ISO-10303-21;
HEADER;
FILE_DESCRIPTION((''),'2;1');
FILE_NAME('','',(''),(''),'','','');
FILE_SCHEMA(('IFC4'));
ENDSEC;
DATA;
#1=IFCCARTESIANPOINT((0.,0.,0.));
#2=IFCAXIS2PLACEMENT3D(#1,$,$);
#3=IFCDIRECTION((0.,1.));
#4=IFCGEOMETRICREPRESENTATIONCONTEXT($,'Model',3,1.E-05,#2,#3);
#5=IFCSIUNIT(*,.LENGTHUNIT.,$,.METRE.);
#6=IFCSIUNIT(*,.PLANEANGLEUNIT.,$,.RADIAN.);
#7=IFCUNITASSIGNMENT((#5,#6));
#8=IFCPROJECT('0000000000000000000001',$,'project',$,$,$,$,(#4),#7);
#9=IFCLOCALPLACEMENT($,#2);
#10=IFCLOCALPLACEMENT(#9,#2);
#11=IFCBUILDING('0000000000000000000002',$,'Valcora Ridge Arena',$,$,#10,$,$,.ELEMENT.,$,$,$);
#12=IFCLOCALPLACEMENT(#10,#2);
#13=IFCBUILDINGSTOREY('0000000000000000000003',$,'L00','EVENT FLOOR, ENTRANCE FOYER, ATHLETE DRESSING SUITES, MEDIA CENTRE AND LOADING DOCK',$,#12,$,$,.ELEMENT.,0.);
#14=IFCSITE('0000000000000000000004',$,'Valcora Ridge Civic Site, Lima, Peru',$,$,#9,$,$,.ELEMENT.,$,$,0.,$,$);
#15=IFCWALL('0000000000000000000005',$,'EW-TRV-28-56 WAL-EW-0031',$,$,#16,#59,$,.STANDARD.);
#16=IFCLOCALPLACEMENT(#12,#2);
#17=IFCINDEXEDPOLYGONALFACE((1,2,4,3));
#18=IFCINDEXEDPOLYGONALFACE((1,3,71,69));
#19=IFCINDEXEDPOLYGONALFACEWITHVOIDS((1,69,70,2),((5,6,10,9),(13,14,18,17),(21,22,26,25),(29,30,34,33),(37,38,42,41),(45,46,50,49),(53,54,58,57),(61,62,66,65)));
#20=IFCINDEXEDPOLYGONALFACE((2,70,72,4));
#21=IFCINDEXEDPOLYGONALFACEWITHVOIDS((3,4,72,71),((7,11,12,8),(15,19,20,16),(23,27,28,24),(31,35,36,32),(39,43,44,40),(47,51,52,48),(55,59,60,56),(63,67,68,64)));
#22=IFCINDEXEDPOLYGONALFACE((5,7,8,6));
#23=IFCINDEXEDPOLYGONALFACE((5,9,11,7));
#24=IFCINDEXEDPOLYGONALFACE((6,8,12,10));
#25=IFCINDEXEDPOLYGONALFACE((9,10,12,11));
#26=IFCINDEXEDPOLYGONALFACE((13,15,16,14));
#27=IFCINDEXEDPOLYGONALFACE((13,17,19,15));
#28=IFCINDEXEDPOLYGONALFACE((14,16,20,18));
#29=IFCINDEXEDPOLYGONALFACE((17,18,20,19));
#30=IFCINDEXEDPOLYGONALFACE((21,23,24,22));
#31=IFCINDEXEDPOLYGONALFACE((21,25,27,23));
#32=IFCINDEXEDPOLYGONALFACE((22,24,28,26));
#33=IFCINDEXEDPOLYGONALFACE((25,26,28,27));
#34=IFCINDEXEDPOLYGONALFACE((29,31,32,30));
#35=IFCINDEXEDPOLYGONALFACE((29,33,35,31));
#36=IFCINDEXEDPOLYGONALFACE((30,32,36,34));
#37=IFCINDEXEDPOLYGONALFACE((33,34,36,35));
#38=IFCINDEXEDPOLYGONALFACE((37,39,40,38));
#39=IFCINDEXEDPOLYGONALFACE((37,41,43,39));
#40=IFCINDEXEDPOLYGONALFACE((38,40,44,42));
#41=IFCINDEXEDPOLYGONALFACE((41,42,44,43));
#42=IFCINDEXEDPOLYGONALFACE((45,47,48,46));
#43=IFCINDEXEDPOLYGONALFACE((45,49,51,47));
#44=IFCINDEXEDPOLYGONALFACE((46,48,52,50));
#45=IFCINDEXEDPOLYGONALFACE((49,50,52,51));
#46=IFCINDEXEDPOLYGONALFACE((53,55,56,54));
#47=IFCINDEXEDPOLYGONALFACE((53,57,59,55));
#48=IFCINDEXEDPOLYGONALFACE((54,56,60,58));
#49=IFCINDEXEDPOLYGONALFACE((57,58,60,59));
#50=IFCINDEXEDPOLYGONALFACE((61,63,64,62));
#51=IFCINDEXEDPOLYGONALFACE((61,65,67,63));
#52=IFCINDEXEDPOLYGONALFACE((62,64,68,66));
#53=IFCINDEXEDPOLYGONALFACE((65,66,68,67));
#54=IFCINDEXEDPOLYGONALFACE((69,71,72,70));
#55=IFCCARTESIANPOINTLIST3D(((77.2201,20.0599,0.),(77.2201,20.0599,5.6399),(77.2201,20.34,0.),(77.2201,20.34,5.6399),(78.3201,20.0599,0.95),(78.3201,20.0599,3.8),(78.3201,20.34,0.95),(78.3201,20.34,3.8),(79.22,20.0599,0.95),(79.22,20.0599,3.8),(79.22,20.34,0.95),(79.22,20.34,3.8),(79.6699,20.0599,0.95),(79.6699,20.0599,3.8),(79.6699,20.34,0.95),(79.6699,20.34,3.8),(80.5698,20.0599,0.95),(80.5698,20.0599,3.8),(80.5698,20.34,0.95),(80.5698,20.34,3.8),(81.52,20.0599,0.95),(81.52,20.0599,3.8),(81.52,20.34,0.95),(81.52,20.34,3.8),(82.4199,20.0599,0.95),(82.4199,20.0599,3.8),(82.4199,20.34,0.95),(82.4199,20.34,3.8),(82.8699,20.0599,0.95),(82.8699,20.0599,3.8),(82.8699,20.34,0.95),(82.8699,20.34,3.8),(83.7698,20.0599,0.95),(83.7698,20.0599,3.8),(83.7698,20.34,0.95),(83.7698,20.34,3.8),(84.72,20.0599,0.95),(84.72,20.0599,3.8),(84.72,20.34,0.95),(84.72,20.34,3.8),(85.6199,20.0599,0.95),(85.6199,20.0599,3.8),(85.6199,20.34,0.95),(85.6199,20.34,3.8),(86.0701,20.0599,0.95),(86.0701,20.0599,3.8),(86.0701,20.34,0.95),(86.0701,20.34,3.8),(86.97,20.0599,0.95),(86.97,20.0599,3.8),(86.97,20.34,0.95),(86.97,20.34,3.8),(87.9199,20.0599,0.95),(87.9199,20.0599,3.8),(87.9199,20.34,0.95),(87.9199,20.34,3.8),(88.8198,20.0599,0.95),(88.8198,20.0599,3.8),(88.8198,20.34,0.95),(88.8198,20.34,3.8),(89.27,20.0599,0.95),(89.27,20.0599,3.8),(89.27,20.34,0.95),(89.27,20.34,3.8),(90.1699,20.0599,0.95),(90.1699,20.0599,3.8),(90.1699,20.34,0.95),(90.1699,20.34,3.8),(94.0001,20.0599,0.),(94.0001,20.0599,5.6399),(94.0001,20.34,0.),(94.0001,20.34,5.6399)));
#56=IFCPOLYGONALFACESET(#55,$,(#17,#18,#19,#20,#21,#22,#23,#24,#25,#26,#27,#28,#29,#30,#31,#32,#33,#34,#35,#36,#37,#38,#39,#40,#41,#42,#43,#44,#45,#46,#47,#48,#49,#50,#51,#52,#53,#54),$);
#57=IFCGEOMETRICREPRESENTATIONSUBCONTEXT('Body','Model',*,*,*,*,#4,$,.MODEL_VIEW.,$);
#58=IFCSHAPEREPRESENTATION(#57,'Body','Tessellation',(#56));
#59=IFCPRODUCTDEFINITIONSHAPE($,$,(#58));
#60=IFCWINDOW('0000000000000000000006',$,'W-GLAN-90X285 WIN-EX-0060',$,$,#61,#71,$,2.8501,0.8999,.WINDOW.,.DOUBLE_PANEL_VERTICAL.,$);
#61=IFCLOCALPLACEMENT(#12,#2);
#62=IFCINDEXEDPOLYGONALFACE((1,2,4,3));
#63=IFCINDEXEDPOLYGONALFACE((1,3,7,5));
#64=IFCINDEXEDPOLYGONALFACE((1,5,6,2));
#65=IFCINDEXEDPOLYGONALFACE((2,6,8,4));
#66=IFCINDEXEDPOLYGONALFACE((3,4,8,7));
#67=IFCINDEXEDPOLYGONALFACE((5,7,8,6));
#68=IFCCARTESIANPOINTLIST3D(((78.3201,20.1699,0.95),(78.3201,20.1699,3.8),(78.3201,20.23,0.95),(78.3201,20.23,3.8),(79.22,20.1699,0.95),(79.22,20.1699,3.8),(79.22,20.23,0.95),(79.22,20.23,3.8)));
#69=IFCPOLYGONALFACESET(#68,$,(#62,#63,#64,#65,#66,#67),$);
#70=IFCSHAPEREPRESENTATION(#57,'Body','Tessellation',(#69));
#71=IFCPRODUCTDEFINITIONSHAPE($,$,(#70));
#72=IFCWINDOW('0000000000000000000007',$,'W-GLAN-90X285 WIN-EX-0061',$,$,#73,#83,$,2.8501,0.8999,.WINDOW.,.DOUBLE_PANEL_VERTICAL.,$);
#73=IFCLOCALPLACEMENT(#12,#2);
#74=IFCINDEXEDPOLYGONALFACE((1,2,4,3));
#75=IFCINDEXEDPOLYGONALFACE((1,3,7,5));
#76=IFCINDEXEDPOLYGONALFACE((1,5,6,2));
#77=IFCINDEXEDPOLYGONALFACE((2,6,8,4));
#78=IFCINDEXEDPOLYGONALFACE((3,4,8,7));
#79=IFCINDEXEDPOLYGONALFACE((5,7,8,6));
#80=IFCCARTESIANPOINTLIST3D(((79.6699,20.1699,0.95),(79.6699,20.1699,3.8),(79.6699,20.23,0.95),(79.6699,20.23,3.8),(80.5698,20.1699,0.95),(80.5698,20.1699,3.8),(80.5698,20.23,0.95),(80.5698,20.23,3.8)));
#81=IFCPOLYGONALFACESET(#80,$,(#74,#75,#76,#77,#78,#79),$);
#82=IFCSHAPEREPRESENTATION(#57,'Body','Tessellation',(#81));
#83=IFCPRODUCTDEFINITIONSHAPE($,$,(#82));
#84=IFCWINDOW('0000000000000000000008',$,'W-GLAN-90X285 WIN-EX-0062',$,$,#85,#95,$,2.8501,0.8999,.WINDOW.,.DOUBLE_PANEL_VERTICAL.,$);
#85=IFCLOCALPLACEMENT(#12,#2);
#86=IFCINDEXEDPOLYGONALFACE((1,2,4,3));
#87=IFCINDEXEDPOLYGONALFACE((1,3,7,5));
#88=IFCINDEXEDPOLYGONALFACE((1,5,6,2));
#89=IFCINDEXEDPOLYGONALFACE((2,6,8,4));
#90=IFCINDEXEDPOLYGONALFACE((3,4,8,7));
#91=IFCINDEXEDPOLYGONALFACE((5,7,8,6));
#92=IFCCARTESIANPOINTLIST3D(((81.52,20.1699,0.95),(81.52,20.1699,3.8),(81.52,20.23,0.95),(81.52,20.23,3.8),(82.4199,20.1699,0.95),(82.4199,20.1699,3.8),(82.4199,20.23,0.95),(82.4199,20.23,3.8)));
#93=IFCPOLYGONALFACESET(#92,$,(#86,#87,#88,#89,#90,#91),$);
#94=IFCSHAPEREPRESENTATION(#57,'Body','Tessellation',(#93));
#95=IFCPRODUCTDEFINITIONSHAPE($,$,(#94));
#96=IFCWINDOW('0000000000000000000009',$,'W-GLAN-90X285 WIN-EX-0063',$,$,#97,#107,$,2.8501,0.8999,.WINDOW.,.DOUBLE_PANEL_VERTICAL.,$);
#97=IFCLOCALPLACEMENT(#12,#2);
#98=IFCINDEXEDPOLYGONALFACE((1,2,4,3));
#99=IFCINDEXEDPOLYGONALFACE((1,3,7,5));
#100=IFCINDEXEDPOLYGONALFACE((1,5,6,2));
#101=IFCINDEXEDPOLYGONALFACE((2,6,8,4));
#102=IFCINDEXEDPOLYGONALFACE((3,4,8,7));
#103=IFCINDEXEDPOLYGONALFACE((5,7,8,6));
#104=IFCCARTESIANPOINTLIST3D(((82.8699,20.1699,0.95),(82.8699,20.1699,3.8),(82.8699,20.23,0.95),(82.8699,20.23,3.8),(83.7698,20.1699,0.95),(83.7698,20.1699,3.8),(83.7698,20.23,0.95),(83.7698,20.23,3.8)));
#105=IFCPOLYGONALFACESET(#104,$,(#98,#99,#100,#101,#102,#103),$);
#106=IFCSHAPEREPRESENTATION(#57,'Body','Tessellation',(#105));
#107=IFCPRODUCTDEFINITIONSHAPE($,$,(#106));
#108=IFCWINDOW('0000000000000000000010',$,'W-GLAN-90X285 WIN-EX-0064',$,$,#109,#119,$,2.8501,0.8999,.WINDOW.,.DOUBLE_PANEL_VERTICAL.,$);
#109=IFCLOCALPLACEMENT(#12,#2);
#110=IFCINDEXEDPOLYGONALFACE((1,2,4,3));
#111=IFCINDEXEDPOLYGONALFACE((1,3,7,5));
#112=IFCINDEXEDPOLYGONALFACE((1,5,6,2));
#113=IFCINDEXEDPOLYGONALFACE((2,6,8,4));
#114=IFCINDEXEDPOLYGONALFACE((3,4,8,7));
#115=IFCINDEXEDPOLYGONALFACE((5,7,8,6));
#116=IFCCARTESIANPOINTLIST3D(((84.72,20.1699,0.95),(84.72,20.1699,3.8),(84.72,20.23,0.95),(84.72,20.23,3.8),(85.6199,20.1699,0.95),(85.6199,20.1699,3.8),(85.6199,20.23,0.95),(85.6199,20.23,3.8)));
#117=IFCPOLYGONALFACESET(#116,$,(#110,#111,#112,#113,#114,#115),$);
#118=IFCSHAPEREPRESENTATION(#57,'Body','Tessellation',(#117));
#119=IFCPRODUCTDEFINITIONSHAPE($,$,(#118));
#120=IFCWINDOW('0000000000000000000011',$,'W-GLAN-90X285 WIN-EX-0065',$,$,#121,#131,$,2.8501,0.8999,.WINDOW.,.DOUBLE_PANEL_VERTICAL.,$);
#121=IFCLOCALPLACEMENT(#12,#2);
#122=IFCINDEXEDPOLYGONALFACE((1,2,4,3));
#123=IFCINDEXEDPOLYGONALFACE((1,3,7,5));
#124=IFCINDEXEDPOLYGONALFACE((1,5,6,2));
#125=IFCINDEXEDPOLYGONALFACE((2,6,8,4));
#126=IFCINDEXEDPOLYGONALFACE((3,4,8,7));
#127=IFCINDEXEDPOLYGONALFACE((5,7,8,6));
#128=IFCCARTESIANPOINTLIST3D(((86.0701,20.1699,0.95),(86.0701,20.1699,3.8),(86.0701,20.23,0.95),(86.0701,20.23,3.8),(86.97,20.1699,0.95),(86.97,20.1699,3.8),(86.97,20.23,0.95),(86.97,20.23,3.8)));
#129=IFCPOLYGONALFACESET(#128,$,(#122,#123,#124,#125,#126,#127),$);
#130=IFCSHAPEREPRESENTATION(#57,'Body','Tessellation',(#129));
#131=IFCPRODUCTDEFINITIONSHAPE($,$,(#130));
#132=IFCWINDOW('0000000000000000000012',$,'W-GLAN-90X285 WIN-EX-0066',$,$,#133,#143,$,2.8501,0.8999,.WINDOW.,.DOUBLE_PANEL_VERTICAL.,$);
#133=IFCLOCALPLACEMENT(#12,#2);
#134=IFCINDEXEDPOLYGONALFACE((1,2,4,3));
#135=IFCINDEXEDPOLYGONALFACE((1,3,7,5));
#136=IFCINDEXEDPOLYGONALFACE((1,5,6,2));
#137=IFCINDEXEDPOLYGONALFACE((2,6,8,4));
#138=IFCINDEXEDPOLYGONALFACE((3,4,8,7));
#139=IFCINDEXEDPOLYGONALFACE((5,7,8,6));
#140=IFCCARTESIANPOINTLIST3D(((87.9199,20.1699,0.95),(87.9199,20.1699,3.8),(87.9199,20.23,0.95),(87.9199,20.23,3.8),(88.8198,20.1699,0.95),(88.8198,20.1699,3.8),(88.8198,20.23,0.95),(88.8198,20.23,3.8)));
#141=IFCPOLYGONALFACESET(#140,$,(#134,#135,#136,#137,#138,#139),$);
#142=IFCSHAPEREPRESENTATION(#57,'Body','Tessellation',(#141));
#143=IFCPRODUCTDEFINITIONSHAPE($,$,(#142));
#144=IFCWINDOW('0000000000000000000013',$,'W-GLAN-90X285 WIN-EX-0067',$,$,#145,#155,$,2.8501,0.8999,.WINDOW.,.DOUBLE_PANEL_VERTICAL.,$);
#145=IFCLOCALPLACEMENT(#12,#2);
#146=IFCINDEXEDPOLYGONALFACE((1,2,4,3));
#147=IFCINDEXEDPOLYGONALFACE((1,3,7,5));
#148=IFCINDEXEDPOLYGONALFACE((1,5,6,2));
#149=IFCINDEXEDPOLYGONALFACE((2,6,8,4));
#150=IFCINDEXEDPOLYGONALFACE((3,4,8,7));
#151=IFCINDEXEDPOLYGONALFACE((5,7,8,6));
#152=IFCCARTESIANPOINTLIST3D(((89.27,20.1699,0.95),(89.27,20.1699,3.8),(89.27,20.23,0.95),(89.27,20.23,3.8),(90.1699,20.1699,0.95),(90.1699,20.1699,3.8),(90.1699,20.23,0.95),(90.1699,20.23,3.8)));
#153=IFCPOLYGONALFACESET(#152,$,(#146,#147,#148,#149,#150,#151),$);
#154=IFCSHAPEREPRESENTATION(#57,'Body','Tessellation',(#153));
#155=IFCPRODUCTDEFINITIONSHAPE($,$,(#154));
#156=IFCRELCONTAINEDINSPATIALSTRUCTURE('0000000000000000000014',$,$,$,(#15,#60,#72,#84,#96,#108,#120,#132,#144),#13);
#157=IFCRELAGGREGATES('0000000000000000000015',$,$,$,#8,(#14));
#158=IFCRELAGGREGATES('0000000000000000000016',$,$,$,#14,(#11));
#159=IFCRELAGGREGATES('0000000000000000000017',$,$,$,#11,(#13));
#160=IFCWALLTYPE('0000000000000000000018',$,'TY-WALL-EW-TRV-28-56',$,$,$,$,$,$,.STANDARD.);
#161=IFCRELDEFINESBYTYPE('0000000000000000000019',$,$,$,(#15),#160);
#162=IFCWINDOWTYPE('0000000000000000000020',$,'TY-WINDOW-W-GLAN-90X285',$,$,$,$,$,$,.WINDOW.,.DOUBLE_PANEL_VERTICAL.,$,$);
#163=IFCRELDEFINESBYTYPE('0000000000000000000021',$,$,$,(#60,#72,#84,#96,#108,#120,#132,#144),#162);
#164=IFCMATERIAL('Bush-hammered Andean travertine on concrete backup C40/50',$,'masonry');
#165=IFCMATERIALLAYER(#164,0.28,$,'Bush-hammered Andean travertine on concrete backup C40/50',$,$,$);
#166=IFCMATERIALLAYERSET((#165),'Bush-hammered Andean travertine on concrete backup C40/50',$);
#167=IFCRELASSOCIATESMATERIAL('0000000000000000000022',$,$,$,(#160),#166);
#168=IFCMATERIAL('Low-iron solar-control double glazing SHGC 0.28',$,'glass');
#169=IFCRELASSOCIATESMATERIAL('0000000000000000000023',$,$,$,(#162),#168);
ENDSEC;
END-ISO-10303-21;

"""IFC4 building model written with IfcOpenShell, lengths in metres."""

from ifc_helpers import new_model, si_unit, direction, frame, frame_2d, origin, place, context, subcontext, project, spatial, rectangle, extrude, material, layer, layer_set, type_object, element, fill, save


model = new_model("IFC4")

# Units and contexts
model_context = context("Model", 3, precision=1e-05, world=origin(), true_north=direction((0.0, 1.0)))
body_context = subcontext(model_context, "Body", "Model", "MODEL_VIEW")
ifc_project = project(units=[si_unit("LENGTHUNIT", "METRE"), si_unit("PLANEANGLEUNIT", "RADIAN")], contexts=[model_context])

# Site, building, storey
site_placement = place(None, origin())
site = spatial("IfcSite", under=ifc_project, at=site_placement, Name="Valcora Ridge Civic Site, Lima, Peru", CompositionType="ELEMENT", RefElevation=0.0)
building_placement = place(site_placement, origin())
building = spatial("IfcBuilding", under=site, at=building_placement, Name="Valcora Ridge Arena", CompositionType="ELEMENT")
storey_placement = place(building_placement, origin())
storey = spatial("IfcBuildingStorey", under=building, at=storey_placement, Name="L00", Description="EVENT FLOOR, ENTRANCE FOYER, ATHLETE DRESSING SUITES, MEDIA CENTRE AND LOADING DOCK", CompositionType="ELEMENT", Elevation=0.0)

# Wall, openings, windows
ifc_material_1 = material(Name="Bush-hammered Andean travertine on concrete backup C40/50", Category="masonry")
ifc_layer_1 = layer(ifc_material_1, 0.28, Name="Bush-hammered Andean travertine on concrete backup C40/50")
ifc_layer_set_1 = layer_set([ifc_layer_1], Name="Bush-hammered Andean travertine on concrete backup C40/50")
wall_type_1 = type_object("IfcWallType", Name="TY-WALL-EW-TRV-28-56", PredefinedType="STANDARD", material=ifc_layer_set_1)
wall_1_placement = place(storey_placement, frame((77.22, 20.2, 0.0), z_axis=(0.0, 0.0, 1.0), x_axis=(1.0, 0.0, 0.0)))
wall_1 = element("IfcWall", 1, at=wall_1_placement, inside=storey, type_object=wall_type_1, Name="EW-TRV-28-56 WAL-EW-0031", PredefinedType="STANDARD", context=body_context, shape_type="SweptSolid", body=[
    extrude(rectangle(XDim=16.78, YDim=0.28, at=frame_2d((8.3901, 0.0))), origin(), (0.0, 0.0, 1.0), 5.6399),
])
opening_1_placement = place(wall_1_placement, frame((1.1001, 0.0, 0.95)))
opening_1 = element("IfcOpeningElement", 2, at=opening_1_placement, cuts=wall_1, PredefinedType="OPENING", context=body_context, shape_type="SweptSolid", body=[
    extrude(rectangle(XDim=0.8999, YDim=2.8501, at=frame_2d((0.45, 1.425))), frame((0.0, 0.1499, 0.0), z_axis=(0.0, -1.0, 0.0), x_axis=(1.0, 0.0, 0.0)), (0.0, 0.0, 1.0), 0.3),
])
opening_2_placement = place(wall_1_placement, frame((2.45, 0.0, 0.95)))
opening_2 = element("IfcOpeningElement", 3, at=opening_2_placement, cuts=wall_1, PredefinedType="OPENING", context=body_context, shape_type="SweptSolid", body=[
    extrude(rectangle(XDim=0.8999, YDim=2.8501, at=frame_2d((0.45, 1.425))), frame((0.0, 0.1499, 0.0), z_axis=(0.0, -1.0, 0.0), x_axis=(1.0, 0.0, 0.0)), (0.0, 0.0, 1.0), 0.3),
])
opening_3_placement = place(wall_1_placement, frame((4.3, 0.0, 0.95)))
opening_3 = element("IfcOpeningElement", 4, at=opening_3_placement, cuts=wall_1, PredefinedType="OPENING", context=body_context, shape_type="SweptSolid", body=[
    extrude(rectangle(XDim=0.8999, YDim=2.8501, at=frame_2d((0.45, 1.425))), frame((0.0, 0.1499, 0.0), z_axis=(0.0, -1.0, 0.0), x_axis=(1.0, 0.0, 0.0)), (0.0, 0.0, 1.0), 0.3),
])
opening_4_placement = place(wall_1_placement, frame((5.6499, 0.0, 0.95)))
opening_4 = element("IfcOpeningElement", 5, at=opening_4_placement, cuts=wall_1, PredefinedType="OPENING", context=body_context, shape_type="SweptSolid", body=[
    extrude(rectangle(XDim=0.8999, YDim=2.8501, at=frame_2d((0.45, 1.425))), frame((0.0, 0.1499, 0.0), z_axis=(0.0, -1.0, 0.0), x_axis=(1.0, 0.0, 0.0)), (0.0, 0.0, 1.0), 0.3),
])
opening_5_placement = place(wall_1_placement, frame((7.5, 0.0, 0.95)))
opening_5 = element("IfcOpeningElement", 6, at=opening_5_placement, cuts=wall_1, PredefinedType="OPENING", context=body_context, shape_type="SweptSolid", body=[
    extrude(rectangle(XDim=0.8999, YDim=2.8501, at=frame_2d((0.45, 1.425))), frame((0.0, 0.1499, 0.0), z_axis=(0.0, -1.0, 0.0), x_axis=(1.0, 0.0, 0.0)), (0.0, 0.0, 1.0), 0.3),
])
opening_6_placement = place(wall_1_placement, frame((8.8501, 0.0, 0.95)))
opening_6 = element("IfcOpeningElement", 7, at=opening_6_placement, cuts=wall_1, PredefinedType="OPENING", context=body_context, shape_type="SweptSolid", body=[
    extrude(rectangle(XDim=0.8999, YDim=2.8501, at=frame_2d((0.45, 1.425))), frame((0.0, 0.1499, 0.0), z_axis=(0.0, -1.0, 0.0), x_axis=(1.0, 0.0, 0.0)), (0.0, 0.0, 1.0), 0.3),
])
opening_7_placement = place(wall_1_placement, frame((10.7, 0.0, 0.95)))
opening_7 = element("IfcOpeningElement", 8, at=opening_7_placement, cuts=wall_1, PredefinedType="OPENING", context=body_context, shape_type="SweptSolid", body=[
    extrude(rectangle(XDim=0.8999, YDim=2.8501, at=frame_2d((0.45, 1.425))), frame((0.0, 0.1499, 0.0), z_axis=(0.0, -1.0, 0.0), x_axis=(1.0, 0.0, 0.0)), (0.0, 0.0, 1.0), 0.3),
])
opening_8_placement = place(wall_1_placement, frame((12.05, 0.0, 0.95)))
opening_8 = element("IfcOpeningElement", 9, at=opening_8_placement, cuts=wall_1, PredefinedType="OPENING", context=body_context, shape_type="SweptSolid", body=[
    extrude(rectangle(XDim=0.8999, YDim=2.8501, at=frame_2d((0.45, 1.425))), frame((0.0, 0.1499, 0.0), z_axis=(0.0, -1.0, 0.0), x_axis=(1.0, 0.0, 0.0)), (0.0, 0.0, 1.0), 0.3),
])
ifc_material_2 = material(Name="Low-iron solar-control double glazing SHGC 0.28", Category="glass")
window_type = type_object("IfcWindowType", Name="TY-WINDOW-W-GLAN-90X285", PartitioningType="DOUBLE_PANEL_VERTICAL", PredefinedType="WINDOW", material=ifc_material_2)
window_1_placement = place(opening_1_placement, origin())
window_1 = element("IfcWindow", 10, at=window_1_placement, inside=storey, type_object=window_type, Name="W-GLAN-90X285 WIN-EX-0060", OverallHeight=2.8501, OverallWidth=0.8999, PartitioningType="DOUBLE_PANEL_VERTICAL", PredefinedType="WINDOW", context=body_context, shape_type="SweptSolid", body=[
    extrude(rectangle(XDim=0.8999, YDim=2.8501, at=frame_2d((0.45, 1.425))), frame((0.0, 0.03, 0.0), z_axis=(0.0, -1.0, 0.0), x_axis=(1.0, 0.0, 0.0)), (0.0, 0.0, 1.0), 0.0601),
])
fill(opening_1, window_1)
window_2_placement = place(opening_2_placement, origin())
window_2 = element("IfcWindow", 11, at=window_2_placement, inside=storey, type_object=window_type, Name="W-GLAN-90X285 WIN-EX-0061", OverallHeight=2.8501, OverallWidth=0.8999, PartitioningType="DOUBLE_PANEL_VERTICAL", PredefinedType="WINDOW", context=body_context, shape_type="SweptSolid", body=[
    extrude(rectangle(XDim=0.8999, YDim=2.8501, at=frame_2d((0.45, 1.425))), frame((0.0, 0.03, 0.0), z_axis=(0.0, -1.0, 0.0), x_axis=(1.0, 0.0, 0.0)), (0.0, 0.0, 1.0), 0.0601),
])
fill(opening_2, window_2)
window_3_placement = place(opening_3_placement, origin())
window_3 = element("IfcWindow", 12, at=window_3_placement, inside=storey, type_object=window_type, Name="W-GLAN-90X285 WIN-EX-0062", OverallHeight=2.8501, OverallWidth=0.8999, PartitioningType="DOUBLE_PANEL_VERTICAL", PredefinedType="WINDOW", context=body_context, shape_type="SweptSolid", body=[
    extrude(rectangle(XDim=0.8999, YDim=2.8501, at=frame_2d((0.45, 1.425))), frame((0.0, 0.03, 0.0), z_axis=(0.0, -1.0, 0.0), x_axis=(1.0, 0.0, 0.0)), (0.0, 0.0, 1.0), 0.0601),
])
fill(opening_3, window_3)
window_4_placement = place(opening_4_placement, origin())
window_4 = element("IfcWindow", 13, at=window_4_placement, inside=storey, type_object=window_type, Name="W-GLAN-90X285 WIN-EX-0063", OverallHeight=2.8501, OverallWidth=0.8999, PartitioningType="DOUBLE_PANEL_VERTICAL", PredefinedType="WINDOW", context=body_context, shape_type="SweptSolid", body=[
    extrude(rectangle(XDim=0.8999, YDim=2.8501, at=frame_2d((0.45, 1.425))), frame((0.0, 0.03, 0.0), z_axis=(0.0, -1.0, 0.0), x_axis=(1.0, 0.0, 0.0)), (0.0, 0.0, 1.0), 0.0601),
])
fill(opening_4, window_4)
window_5_placement = place(opening_5_placement, origin())
window_5 = element("IfcWindow", 14, at=window_5_placement, inside=storey, type_object=window_type, Name="W-GLAN-90X285 WIN-EX-0064", OverallHeight=2.8501, OverallWidth=0.8999, PartitioningType="DOUBLE_PANEL_VERTICAL", PredefinedType="WINDOW", context=body_context, shape_type="SweptSolid", body=[
    extrude(rectangle(XDim=0.8999, YDim=2.8501, at=frame_2d((0.45, 1.425))), frame((0.0, 0.03, 0.0), z_axis=(0.0, -1.0, 0.0), x_axis=(1.0, 0.0, 0.0)), (0.0, 0.0, 1.0), 0.0601),
])
fill(opening_5, window_5)
window_6_placement = place(opening_6_placement, origin())
window_6 = element("IfcWindow", 15, at=window_6_placement, inside=storey, type_object=window_type, Name="W-GLAN-90X285 WIN-EX-0065", OverallHeight=2.8501, OverallWidth=0.8999, PartitioningType="DOUBLE_PANEL_VERTICAL", PredefinedType="WINDOW", context=body_context, shape_type="SweptSolid", body=[
    extrude(rectangle(XDim=0.8999, YDim=2.8501, at=frame_2d((0.45, 1.425))), frame((0.0, 0.03, 0.0), z_axis=(0.0, -1.0, 0.0), x_axis=(1.0, 0.0, 0.0)), (0.0, 0.0, 1.0), 0.0601),
])
fill(opening_6, window_6)
window_7_placement = place(opening_7_placement, origin())
window_7 = element("IfcWindow", 16, at=window_7_placement, inside=storey, type_object=window_type, Name="W-GLAN-90X285 WIN-EX-0066", OverallHeight=2.8501, OverallWidth=0.8999, PartitioningType="DOUBLE_PANEL_VERTICAL", PredefinedType="WINDOW", context=body_context, shape_type="SweptSolid", body=[
    extrude(rectangle(XDim=0.8999, YDim=2.8501, at=frame_2d((0.45, 1.425))), frame((0.0, 0.03, 0.0), z_axis=(0.0, -1.0, 0.0), x_axis=(1.0, 0.0, 0.0)), (0.0, 0.0, 1.0), 0.0601),
])
fill(opening_7, window_7)
window_8_placement = place(opening_8_placement, origin())
window_8 = element("IfcWindow", 17, at=window_8_placement, inside=storey, type_object=window_type, Name="W-GLAN-90X285 WIN-EX-0067", OverallHeight=2.8501, OverallWidth=0.8999, PartitioningType="DOUBLE_PANEL_VERTICAL", PredefinedType="WINDOW", context=body_context, shape_type="SweptSolid", body=[
    extrude(rectangle(XDim=0.8999, YDim=2.8501, at=frame_2d((0.45, 1.425))), frame((0.0, 0.03, 0.0), z_axis=(0.0, -1.0, 0.0), x_axis=(1.0, 0.0, 0.0)), (0.0, 0.0, 1.0), 0.0601),
])
fill(opening_8, window_8)

save(model, "model.ifc")
